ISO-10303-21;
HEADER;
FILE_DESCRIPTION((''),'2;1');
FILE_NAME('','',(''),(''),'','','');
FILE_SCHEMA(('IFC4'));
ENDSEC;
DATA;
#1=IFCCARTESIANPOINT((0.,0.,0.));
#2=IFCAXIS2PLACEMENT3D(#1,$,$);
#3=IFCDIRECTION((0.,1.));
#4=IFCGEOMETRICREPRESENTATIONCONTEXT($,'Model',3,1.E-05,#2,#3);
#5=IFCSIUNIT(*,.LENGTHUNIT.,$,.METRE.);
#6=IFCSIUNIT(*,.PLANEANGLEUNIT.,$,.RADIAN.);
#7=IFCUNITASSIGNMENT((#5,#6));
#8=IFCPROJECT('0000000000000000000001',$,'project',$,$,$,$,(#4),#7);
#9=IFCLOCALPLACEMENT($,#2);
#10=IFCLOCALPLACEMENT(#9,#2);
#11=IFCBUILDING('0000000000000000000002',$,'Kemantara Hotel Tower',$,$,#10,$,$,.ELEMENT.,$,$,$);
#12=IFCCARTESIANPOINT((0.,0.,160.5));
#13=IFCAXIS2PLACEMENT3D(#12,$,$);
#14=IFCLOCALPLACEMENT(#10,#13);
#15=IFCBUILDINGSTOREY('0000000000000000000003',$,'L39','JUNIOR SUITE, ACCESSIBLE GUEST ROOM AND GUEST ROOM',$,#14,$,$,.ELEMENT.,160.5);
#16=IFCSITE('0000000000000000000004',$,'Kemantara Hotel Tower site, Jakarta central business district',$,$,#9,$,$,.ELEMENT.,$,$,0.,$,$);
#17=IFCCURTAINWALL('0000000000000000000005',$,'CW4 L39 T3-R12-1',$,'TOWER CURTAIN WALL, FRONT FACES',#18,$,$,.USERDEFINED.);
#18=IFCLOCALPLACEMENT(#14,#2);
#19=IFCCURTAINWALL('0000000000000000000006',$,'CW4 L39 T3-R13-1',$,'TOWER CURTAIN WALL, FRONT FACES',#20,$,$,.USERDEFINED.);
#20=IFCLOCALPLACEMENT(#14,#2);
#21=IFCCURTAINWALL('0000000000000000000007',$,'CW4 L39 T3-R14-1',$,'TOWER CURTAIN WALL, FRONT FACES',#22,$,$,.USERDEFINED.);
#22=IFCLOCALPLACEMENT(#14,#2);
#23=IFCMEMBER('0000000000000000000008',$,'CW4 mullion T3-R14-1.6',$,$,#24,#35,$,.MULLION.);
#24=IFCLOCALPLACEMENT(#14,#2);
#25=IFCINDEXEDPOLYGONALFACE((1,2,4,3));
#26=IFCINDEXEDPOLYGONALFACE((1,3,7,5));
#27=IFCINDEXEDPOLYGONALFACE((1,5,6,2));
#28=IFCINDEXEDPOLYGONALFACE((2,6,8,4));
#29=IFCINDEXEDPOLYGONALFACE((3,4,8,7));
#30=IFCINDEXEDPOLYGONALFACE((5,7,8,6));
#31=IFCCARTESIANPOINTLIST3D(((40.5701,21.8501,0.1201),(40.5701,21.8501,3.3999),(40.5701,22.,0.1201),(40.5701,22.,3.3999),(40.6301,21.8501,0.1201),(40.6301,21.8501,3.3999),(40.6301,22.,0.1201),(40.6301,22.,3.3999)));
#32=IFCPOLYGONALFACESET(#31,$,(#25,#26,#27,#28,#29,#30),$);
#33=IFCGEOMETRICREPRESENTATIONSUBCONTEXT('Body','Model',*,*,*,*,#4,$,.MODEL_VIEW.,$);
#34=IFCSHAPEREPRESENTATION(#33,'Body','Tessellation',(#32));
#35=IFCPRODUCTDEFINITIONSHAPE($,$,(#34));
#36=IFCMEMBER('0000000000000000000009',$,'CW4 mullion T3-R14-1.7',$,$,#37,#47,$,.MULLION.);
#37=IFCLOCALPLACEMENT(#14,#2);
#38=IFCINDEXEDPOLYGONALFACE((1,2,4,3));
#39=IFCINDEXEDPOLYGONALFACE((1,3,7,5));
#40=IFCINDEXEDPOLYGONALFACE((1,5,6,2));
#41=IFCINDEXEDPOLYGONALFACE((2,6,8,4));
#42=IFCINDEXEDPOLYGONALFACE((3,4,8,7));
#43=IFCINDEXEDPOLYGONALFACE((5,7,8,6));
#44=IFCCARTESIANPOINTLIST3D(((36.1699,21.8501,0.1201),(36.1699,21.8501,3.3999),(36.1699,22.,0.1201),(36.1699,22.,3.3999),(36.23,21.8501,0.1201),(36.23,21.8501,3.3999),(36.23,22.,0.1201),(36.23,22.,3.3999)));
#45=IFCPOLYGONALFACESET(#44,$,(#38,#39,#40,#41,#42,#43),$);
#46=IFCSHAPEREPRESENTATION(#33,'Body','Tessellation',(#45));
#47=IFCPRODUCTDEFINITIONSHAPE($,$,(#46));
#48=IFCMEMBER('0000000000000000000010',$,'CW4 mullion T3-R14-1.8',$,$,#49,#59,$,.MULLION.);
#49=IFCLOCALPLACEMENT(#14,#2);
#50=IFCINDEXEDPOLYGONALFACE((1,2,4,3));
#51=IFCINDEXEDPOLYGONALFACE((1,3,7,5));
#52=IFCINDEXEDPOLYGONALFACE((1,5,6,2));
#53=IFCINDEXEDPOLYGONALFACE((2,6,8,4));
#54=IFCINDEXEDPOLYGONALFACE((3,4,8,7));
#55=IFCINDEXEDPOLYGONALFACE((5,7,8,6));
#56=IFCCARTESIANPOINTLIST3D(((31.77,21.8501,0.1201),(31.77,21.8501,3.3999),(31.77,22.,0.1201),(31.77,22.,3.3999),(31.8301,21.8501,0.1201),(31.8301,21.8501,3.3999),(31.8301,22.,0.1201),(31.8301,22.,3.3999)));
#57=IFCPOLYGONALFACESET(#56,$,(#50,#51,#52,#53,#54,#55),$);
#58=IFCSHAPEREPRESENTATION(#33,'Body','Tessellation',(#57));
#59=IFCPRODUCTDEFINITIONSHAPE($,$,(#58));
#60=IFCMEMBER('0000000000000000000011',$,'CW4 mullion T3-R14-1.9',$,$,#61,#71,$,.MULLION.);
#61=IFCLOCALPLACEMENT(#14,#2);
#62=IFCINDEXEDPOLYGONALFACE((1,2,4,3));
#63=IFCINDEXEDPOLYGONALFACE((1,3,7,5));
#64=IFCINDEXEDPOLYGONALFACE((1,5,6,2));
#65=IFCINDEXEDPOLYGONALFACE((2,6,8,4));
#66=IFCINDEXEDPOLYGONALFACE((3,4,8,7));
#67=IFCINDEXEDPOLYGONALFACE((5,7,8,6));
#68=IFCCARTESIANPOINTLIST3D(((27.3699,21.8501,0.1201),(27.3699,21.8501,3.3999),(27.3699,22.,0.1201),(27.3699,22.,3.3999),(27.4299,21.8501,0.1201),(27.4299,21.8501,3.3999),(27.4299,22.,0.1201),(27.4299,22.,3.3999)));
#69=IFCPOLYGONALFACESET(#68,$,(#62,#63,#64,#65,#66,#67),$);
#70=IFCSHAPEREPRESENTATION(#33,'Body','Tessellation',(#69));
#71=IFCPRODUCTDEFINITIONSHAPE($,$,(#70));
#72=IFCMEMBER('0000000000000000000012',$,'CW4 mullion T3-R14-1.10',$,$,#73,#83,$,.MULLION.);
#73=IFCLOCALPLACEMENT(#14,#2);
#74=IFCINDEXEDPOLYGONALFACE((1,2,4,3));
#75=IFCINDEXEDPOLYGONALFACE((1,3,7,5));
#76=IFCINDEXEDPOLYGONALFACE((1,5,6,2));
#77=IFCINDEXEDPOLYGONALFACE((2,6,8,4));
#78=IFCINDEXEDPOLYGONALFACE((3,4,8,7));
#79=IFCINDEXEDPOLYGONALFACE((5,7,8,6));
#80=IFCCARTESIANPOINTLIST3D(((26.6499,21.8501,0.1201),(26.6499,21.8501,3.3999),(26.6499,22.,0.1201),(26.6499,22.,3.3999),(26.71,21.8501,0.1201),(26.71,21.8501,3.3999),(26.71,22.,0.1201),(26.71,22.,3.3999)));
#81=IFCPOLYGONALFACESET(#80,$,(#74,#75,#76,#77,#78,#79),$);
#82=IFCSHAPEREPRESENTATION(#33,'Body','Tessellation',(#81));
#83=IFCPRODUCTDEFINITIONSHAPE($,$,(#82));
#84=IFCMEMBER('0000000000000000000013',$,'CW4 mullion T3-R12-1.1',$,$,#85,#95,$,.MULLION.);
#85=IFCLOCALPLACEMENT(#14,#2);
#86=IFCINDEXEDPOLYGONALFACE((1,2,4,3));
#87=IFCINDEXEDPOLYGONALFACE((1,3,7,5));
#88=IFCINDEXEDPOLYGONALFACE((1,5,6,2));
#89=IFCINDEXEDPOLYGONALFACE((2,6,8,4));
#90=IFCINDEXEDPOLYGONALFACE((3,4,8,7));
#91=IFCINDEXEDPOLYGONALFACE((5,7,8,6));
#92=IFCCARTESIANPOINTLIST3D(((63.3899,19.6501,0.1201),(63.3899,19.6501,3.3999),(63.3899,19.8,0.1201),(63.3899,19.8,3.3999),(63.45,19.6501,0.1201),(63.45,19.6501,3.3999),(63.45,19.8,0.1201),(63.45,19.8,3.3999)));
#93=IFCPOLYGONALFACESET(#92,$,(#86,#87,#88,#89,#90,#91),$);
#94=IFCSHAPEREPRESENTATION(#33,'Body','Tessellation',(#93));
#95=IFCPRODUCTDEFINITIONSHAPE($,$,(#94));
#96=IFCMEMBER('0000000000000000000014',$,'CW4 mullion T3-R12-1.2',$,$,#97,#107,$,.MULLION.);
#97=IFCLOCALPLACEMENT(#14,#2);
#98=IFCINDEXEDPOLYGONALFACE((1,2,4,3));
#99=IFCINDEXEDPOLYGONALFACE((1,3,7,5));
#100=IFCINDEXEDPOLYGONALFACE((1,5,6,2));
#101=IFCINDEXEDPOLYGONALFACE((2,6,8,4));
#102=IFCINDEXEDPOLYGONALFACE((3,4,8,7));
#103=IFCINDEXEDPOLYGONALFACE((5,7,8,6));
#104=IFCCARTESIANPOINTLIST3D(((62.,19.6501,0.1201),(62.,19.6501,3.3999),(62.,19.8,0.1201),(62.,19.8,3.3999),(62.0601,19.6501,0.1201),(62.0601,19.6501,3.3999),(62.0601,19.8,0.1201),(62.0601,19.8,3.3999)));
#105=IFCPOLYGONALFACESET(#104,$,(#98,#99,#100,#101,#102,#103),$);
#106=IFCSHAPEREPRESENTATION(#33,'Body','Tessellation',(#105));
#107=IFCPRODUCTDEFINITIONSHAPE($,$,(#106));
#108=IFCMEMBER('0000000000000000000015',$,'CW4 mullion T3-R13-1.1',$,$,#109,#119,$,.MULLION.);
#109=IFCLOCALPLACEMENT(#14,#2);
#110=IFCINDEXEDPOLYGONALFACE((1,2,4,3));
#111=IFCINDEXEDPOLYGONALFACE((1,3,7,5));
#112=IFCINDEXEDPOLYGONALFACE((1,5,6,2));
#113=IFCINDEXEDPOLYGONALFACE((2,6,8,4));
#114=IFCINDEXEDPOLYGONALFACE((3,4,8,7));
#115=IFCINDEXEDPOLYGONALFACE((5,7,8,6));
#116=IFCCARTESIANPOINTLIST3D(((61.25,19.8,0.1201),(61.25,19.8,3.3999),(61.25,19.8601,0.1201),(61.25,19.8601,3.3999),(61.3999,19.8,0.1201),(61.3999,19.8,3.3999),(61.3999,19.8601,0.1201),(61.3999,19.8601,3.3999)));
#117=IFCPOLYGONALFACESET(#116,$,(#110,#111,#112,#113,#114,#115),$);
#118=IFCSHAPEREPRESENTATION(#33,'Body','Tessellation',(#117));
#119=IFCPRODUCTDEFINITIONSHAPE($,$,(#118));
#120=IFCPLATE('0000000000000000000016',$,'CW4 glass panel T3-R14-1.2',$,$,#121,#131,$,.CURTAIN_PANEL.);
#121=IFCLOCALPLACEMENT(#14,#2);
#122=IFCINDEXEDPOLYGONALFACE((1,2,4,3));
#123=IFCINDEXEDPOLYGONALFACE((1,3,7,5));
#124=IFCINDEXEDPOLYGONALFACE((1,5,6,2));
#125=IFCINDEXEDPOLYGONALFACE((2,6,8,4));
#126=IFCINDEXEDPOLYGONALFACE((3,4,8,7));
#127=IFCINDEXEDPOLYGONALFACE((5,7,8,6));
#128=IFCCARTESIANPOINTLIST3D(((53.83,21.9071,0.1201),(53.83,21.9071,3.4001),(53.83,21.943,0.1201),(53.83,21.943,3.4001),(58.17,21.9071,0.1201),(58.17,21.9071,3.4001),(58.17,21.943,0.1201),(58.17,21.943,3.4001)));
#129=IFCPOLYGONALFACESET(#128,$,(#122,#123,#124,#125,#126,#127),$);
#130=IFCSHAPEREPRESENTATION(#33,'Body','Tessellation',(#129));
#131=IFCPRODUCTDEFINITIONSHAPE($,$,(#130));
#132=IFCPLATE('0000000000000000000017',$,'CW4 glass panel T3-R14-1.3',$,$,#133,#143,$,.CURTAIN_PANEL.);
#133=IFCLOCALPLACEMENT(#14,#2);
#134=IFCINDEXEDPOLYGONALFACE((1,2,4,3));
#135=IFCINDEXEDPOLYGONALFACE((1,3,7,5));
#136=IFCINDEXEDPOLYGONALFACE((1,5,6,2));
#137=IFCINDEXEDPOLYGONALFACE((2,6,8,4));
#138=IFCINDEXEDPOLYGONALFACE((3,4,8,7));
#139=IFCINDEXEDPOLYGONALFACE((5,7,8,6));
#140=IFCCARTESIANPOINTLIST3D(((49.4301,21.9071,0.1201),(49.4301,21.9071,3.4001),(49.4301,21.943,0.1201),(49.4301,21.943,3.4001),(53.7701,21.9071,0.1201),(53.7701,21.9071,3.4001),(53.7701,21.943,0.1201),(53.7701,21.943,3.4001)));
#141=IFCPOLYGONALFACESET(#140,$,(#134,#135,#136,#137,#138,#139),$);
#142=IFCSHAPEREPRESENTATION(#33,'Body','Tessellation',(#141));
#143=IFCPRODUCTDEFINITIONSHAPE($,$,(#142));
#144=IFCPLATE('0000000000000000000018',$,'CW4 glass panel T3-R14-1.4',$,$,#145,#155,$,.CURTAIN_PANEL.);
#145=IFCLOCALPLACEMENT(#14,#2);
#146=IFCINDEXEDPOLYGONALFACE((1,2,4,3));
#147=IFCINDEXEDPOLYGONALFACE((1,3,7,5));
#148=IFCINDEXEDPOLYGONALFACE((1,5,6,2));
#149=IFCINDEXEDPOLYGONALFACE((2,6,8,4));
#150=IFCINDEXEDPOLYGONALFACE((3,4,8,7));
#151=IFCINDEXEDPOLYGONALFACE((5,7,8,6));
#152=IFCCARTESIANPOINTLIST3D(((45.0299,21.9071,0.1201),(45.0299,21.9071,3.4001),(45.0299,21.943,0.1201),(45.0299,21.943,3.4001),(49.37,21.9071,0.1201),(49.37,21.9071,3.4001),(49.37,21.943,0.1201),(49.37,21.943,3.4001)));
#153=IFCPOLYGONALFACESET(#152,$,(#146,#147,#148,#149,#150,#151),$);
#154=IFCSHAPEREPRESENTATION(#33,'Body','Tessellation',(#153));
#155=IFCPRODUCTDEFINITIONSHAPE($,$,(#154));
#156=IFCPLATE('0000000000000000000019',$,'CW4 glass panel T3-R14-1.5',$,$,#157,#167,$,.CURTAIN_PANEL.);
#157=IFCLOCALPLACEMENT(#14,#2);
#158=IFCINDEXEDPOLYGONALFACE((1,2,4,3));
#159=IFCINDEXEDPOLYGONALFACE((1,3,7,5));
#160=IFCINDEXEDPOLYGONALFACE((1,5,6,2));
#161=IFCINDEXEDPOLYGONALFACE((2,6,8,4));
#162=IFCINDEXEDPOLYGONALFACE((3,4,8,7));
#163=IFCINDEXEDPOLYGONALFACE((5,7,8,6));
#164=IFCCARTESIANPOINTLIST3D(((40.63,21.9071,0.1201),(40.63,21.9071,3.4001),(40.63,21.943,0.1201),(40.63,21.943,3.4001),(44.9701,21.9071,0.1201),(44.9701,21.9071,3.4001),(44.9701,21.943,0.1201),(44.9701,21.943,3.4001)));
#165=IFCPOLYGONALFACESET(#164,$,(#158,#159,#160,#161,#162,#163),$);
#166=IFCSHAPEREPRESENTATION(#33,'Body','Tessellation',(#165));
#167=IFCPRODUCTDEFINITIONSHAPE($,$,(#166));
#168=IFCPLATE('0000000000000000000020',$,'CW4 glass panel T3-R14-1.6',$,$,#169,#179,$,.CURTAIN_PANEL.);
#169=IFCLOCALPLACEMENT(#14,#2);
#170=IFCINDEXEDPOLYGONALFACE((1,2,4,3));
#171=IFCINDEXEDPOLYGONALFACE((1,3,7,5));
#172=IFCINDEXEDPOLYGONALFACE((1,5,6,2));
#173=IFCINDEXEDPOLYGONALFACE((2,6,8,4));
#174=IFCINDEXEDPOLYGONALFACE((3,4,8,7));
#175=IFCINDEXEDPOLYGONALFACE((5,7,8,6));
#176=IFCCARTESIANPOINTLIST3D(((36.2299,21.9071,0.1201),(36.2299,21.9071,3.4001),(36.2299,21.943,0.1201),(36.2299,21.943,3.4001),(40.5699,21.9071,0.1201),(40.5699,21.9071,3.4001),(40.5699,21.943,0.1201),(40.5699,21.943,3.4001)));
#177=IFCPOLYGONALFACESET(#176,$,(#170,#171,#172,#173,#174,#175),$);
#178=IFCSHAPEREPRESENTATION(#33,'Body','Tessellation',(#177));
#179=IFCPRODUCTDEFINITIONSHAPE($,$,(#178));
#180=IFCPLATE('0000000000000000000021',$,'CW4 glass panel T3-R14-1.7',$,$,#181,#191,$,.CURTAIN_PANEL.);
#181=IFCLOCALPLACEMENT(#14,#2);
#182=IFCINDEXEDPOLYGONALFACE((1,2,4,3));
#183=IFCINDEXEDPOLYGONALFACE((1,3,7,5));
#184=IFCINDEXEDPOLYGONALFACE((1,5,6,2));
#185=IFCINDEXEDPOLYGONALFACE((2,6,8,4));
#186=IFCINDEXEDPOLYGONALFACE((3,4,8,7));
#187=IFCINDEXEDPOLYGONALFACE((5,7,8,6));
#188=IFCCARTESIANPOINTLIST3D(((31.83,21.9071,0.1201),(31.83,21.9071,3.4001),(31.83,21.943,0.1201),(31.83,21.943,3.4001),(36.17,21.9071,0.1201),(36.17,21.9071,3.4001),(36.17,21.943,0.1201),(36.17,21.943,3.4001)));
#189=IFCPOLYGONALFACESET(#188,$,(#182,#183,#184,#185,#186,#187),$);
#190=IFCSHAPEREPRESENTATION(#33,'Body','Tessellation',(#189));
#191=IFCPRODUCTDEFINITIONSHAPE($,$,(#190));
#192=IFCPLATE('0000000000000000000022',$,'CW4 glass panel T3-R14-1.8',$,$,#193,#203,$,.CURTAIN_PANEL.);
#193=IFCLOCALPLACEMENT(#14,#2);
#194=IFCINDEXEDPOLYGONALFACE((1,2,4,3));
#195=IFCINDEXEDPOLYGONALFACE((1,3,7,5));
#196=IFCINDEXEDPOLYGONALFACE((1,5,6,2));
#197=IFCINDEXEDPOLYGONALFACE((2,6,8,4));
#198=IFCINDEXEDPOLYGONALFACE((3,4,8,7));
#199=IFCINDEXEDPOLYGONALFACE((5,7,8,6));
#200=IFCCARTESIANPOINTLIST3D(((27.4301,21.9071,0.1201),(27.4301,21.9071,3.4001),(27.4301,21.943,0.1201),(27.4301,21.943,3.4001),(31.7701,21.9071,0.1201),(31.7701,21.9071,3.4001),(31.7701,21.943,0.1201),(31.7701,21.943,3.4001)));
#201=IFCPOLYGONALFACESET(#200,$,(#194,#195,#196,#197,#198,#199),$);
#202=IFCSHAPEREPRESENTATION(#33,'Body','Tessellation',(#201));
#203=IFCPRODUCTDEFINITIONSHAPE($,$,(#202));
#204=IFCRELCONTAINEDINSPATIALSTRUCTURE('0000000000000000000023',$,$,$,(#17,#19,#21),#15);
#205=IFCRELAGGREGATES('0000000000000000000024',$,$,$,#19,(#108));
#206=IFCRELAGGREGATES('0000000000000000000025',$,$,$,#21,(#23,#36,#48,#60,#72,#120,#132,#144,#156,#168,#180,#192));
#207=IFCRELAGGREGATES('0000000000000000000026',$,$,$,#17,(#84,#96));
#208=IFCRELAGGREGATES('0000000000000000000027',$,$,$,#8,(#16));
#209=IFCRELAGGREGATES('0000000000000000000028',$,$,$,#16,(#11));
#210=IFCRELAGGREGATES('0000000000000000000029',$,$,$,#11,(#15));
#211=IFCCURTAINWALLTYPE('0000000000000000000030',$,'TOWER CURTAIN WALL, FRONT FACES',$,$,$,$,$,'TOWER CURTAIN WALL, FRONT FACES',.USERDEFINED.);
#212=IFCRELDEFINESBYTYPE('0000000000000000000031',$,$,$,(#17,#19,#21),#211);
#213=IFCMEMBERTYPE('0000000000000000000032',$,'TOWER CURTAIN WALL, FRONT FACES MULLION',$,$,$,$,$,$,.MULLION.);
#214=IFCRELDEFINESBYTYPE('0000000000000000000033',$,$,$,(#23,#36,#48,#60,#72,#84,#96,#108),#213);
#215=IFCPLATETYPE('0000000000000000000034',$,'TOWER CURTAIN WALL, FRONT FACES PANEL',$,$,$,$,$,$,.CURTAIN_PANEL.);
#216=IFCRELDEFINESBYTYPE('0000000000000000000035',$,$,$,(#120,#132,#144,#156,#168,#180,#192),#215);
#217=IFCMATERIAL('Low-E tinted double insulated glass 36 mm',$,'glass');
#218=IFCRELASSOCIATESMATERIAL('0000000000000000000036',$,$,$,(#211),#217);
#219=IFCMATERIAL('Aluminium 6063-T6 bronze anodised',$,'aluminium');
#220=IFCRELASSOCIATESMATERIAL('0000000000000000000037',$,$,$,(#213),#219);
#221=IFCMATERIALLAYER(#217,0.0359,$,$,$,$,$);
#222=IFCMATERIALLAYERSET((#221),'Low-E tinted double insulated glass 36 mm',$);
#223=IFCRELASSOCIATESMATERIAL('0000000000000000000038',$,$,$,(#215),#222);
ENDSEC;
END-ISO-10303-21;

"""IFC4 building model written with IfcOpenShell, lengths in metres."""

from ifc_helpers import new_model, si_unit, direction, frame, origin, origin_2d, place, context, subcontext, project, spatial, rectangle, extrude, source, transform, mapped, material, layer, layer_set, material_profile, profile_set, type_object, element, aggregate, save


model = new_model("IFC4")

# Units and contexts
model_context = context("Model", 3, precision=1e-05, world=origin(), true_north=direction((0.0, 1.0)))
body_context = subcontext(model_context, "Body", "Model", "MODEL_VIEW")
ifc_project = project(units=[si_unit("LENGTHUNIT", "METRE"), si_unit("PLANEANGLEUNIT", "RADIAN")], contexts=[model_context])

# Site, building, storey
site_placement = place(None, origin())
site = spatial("IfcSite", under=ifc_project, at=site_placement, Name="Kemantara Hotel Tower site, Jakarta central business district", CompositionType="ELEMENT", RefElevation=0.0)
building_placement = place(site_placement, origin())
building = spatial("IfcBuilding", under=site, at=building_placement, Name="Kemantara Hotel Tower", CompositionType="ELEMENT")
storey_placement = place(building_placement, frame((0.0, 0.0, 160.5)))
storey = spatial("IfcBuildingStorey", under=building, at=storey_placement, Name="L39", Description="JUNIOR SUITE, ACCESSIBLE GUEST ROOM AND GUEST ROOM", CompositionType="ELEMENT", Elevation=160.5)

# Curtain walls
ifc_material_1 = material(Name="Low-E tinted double insulated glass 36 mm", Category="glass")
curtain_wall_type = type_object("IfcCurtainWallType", Name="TOWER CURTAIN WALL, FRONT FACES", ElementType="TOWER CURTAIN WALL, FRONT FACES", PredefinedType="USERDEFINED", material=ifc_material_1)
curtain_wall_1_placement = place(storey_placement, origin())
curtain_wall_1 = element("IfcCurtainWall", 1, at=curtain_wall_1_placement, inside=storey, type_object=curtain_wall_type, Name="CW4 L39 T3-R12-1", ObjectType="TOWER CURTAIN WALL, FRONT FACES", PredefinedType="USERDEFINED")
ifc_material_2 = material(Name="Aluminium 6063-T6 bronze anodised", Category="aluminium")
curtain_wall_2_placement = place(storey_placement, origin())
curtain_wall_2 = element("IfcCurtainWall", 2, at=curtain_wall_2_placement, inside=storey, type_object=curtain_wall_type, Name="CW4 L39 T3-R13-1", ObjectType="TOWER CURTAIN WALL, FRONT FACES", PredefinedType="USERDEFINED")

# Curtain wall, members
ifc_material_profile_1 = material_profile(ifc_material_2, rectangle(XDim=0.1499, YDim=0.0601, at=origin_2d()), Name="TOWER CURTAIN WALL, FRONT FACES MULLION")
ifc_profile_set_1 = profile_set([ifc_material_profile_1], Name="Aluminium 6063-T6 bronze anodised")
member_type_1 = type_object("IfcMemberType", Name="TOWER CURTAIN WALL, FRONT FACES MULLION", PredefinedType="MULLION", material=ifc_profile_set_1)
shared_shape_1 = source(origin(), body_context, "Body", "SweptSolid", [
    extrude(rectangle(XDim=0.1499, YDim=0.0601, at=origin_2d()), origin(), (0.0, 0.0, 1.0), 3.2798),
])
curtain_wall_3_placement = place(storey_placement, origin())
curtain_wall_3 = element("IfcCurtainWall", 3, at=curtain_wall_3_placement, inside=storey, type_object=curtain_wall_type, Name="CW4 L39 T3-R14-1", ObjectType="TOWER CURTAIN WALL, FRONT FACES", PredefinedType="USERDEFINED")
member_1_placement = place(storey_placement, frame((40.6001, 21.925, 0.1201), z_axis=(0.0, 0.0, 1.0), x_axis=(0.0, -1.0, 0.0)))
member_1 = element("IfcMember", 4, at=member_1_placement, type_object=member_type_1, Name="CW4 mullion T3-R14-1.6", PredefinedType="MULLION", context=body_context, shape_type="MappedRepresentation", body=[
    mapped(shared_shape_1, transform((0.0, 0.0, 0.0))),
])
member_2_placement = place(storey_placement, frame((36.2, 21.925, 0.1201), z_axis=(0.0, 0.0, 1.0), x_axis=(0.0, -1.0, 0.0)))
member_2 = element("IfcMember", 5, at=member_2_placement, type_object=member_type_1, Name="CW4 mullion T3-R14-1.7", PredefinedType="MULLION", context=body_context, shape_type="MappedRepresentation", body=[
    mapped(shared_shape_1, transform((0.0, 0.0, 0.0))),
])
member_3_placement = place(storey_placement, frame((31.8, 21.925, 0.1201), z_axis=(0.0, 0.0, 1.0), x_axis=(0.0, -1.0, 0.0)))
member_3 = element("IfcMember", 6, at=member_3_placement, type_object=member_type_1, Name="CW4 mullion T3-R14-1.8", PredefinedType="MULLION", context=body_context, shape_type="MappedRepresentation", body=[
    mapped(shared_shape_1, transform((0.0, 0.0, 0.0))),
])
member_4_placement = place(storey_placement, frame((27.3999, 21.925, 0.1201), z_axis=(0.0, 0.0, 1.0), x_axis=(0.0, -1.0, 0.0)))
member_4 = element("IfcMember", 7, at=member_4_placement, type_object=member_type_1, Name="CW4 mullion T3-R14-1.9", PredefinedType="MULLION", context=body_context, shape_type="MappedRepresentation", body=[
    mapped(shared_shape_1, transform((0.0, 0.0, 0.0))),
])
member_5_placement = place(storey_placement, frame((26.6799, 21.925, 0.1201), z_axis=(0.0, 0.0, 1.0), x_axis=(0.0, -1.0, 0.0)))
member_5 = element("IfcMember", 8, at=member_5_placement, type_object=member_type_1, Name="CW4 mullion T3-R14-1.10", PredefinedType="MULLION", context=body_context, shape_type="MappedRepresentation", body=[
    mapped(shared_shape_1, transform((0.0, 0.0, 0.0))),
])

# Members
member_6_placement = place(storey_placement, frame((63.4199, 19.7251, 0.1201), z_axis=(0.0, 0.0, 1.0), x_axis=(0.0, -1.0, 0.0)))
member_6 = element("IfcMember", 9, at=member_6_placement, type_object=member_type_1, Name="CW4 mullion T3-R12-1.1", PredefinedType="MULLION", context=body_context, shape_type="MappedRepresentation", body=[
    mapped(shared_shape_1, transform((0.0, 0.0, 0.0))),
])
member_7_placement = place(storey_placement, frame((62.03, 19.7251, 0.1201), z_axis=(0.0, 0.0, 1.0), x_axis=(0.0, -1.0, 0.0)))
member_7 = element("IfcMember", 10, at=member_7_placement, type_object=member_type_1, Name="CW4 mullion T3-R12-1.2", PredefinedType="MULLION", context=body_context, shape_type="MappedRepresentation", body=[
    mapped(shared_shape_1, transform((0.0, 0.0, 0.0))),
])
member_8_placement = place(storey_placement, frame((61.325, 19.8301, 0.1201), z_axis=(0.0, 0.0, 1.0), x_axis=(-1.0, 0.0, 0.0)))
member_8 = element("IfcMember", 11, at=member_8_placement, type_object=member_type_1, Name="CW4 mullion T3-R13-1.1", PredefinedType="MULLION", context=body_context, shape_type="MappedRepresentation", body=[
    mapped(shared_shape_1, transform((0.0, 0.0, 0.0))),
])

# Plates
ifc_layer_1 = layer(ifc_material_1, 0.0359)
ifc_layer_set_1 = layer_set([ifc_layer_1], Name="Low-E tinted double insulated glass 36 mm")
plate_type = type_object("IfcPlateType", Name="TOWER CURTAIN WALL, FRONT FACES PANEL", PredefinedType="CURTAIN_PANEL", material=ifc_layer_set_1)
shared_shape_2 = source(origin(), body_context, "Body", "SweptSolid", [
    extrude(rectangle(XDim=4.3401, YDim=0.0359, at=origin_2d()), origin(), (0.0, 0.0, 1.0), 3.28),
])
plate_1_placement = place(storey_placement, frame((56.0, 21.925, 0.1201), z_axis=(0.0, 0.0, 1.0), x_axis=(-1.0, 0.0, 0.0)))
plate_1 = element("IfcPlate", 12, at=plate_1_placement, type_object=plate_type, Name="CW4 glass panel T3-R14-1.2", PredefinedType="CURTAIN_PANEL", context=body_context, shape_type="MappedRepresentation", body=[
    mapped(shared_shape_2, transform((0.0, 0.0, 0.0))),
])
plate_2_placement = place(storey_placement, frame((51.6001, 21.925, 0.1201), z_axis=(0.0, 0.0, 1.0), x_axis=(-1.0, 0.0, 0.0)))
plate_2 = element("IfcPlate", 13, at=plate_2_placement, type_object=plate_type, Name="CW4 glass panel T3-R14-1.3", PredefinedType="CURTAIN_PANEL", context=body_context, shape_type="MappedRepresentation", body=[
    mapped(shared_shape_2, transform((0.0, 0.0, 0.0))),
])
plate_3_placement = place(storey_placement, frame((47.2, 21.925, 0.1201), z_axis=(0.0, 0.0, 1.0), x_axis=(-1.0, 0.0, 0.0)))
plate_3 = element("IfcPlate", 14, at=plate_3_placement, type_object=plate_type, Name="CW4 glass panel T3-R14-1.4", PredefinedType="CURTAIN_PANEL", context=body_context, shape_type="MappedRepresentation", body=[
    mapped(shared_shape_2, transform((0.0, 0.0, 0.0))),
])
plate_4_placement = place(storey_placement, frame((42.8, 21.925, 0.1201), z_axis=(0.0, 0.0, 1.0), x_axis=(-1.0, 0.0, 0.0)))
plate_4 = element("IfcPlate", 15, at=plate_4_placement, type_object=plate_type, Name="CW4 glass panel T3-R14-1.5", PredefinedType="CURTAIN_PANEL", context=body_context, shape_type="MappedRepresentation", body=[
    mapped(shared_shape_2, transform((0.0, 0.0, 0.0))),
])
plate_5_placement = place(storey_placement, frame((38.3999, 21.925, 0.1201), z_axis=(0.0, 0.0, 1.0), x_axis=(-1.0, 0.0, 0.0)))
plate_5 = element("IfcPlate", 16, at=plate_5_placement, type_object=plate_type, Name="CW4 glass panel T3-R14-1.6", PredefinedType="CURTAIN_PANEL", context=body_context, shape_type="MappedRepresentation", body=[
    mapped(shared_shape_2, transform((0.0, 0.0, 0.0))),
])
plate_6_placement = place(storey_placement, frame((34.0, 21.925, 0.1201), z_axis=(0.0, 0.0, 1.0), x_axis=(-1.0, 0.0, 0.0)))
plate_6 = element("IfcPlate", 17, at=plate_6_placement, type_object=plate_type, Name="CW4 glass panel T3-R14-1.7", PredefinedType="CURTAIN_PANEL", context=body_context, shape_type="MappedRepresentation", body=[
    mapped(shared_shape_2, transform((0.0, 0.0, 0.0))),
])
plate_7_placement = place(storey_placement, frame((29.6001, 21.925, 0.1201), z_axis=(0.0, 0.0, 1.0), x_axis=(-1.0, 0.0, 0.0)))
plate_7 = element("IfcPlate", 18, at=plate_7_placement, type_object=plate_type, Name="CW4 glass panel T3-R14-1.8", PredefinedType="CURTAIN_PANEL", context=body_context, shape_type="MappedRepresentation", body=[
    mapped(shared_shape_2, transform((0.0, 0.0, 0.0))),
])
aggregate(curtain_wall_2, [member_8])
aggregate(curtain_wall_3, [member_1, member_2, member_3, member_4, member_5, plate_1, plate_2, plate_3, plate_4, plate_5, plate_6, plate_7])
aggregate(curtain_wall_1, [member_6, member_7])

save(model, "model.ifc")
